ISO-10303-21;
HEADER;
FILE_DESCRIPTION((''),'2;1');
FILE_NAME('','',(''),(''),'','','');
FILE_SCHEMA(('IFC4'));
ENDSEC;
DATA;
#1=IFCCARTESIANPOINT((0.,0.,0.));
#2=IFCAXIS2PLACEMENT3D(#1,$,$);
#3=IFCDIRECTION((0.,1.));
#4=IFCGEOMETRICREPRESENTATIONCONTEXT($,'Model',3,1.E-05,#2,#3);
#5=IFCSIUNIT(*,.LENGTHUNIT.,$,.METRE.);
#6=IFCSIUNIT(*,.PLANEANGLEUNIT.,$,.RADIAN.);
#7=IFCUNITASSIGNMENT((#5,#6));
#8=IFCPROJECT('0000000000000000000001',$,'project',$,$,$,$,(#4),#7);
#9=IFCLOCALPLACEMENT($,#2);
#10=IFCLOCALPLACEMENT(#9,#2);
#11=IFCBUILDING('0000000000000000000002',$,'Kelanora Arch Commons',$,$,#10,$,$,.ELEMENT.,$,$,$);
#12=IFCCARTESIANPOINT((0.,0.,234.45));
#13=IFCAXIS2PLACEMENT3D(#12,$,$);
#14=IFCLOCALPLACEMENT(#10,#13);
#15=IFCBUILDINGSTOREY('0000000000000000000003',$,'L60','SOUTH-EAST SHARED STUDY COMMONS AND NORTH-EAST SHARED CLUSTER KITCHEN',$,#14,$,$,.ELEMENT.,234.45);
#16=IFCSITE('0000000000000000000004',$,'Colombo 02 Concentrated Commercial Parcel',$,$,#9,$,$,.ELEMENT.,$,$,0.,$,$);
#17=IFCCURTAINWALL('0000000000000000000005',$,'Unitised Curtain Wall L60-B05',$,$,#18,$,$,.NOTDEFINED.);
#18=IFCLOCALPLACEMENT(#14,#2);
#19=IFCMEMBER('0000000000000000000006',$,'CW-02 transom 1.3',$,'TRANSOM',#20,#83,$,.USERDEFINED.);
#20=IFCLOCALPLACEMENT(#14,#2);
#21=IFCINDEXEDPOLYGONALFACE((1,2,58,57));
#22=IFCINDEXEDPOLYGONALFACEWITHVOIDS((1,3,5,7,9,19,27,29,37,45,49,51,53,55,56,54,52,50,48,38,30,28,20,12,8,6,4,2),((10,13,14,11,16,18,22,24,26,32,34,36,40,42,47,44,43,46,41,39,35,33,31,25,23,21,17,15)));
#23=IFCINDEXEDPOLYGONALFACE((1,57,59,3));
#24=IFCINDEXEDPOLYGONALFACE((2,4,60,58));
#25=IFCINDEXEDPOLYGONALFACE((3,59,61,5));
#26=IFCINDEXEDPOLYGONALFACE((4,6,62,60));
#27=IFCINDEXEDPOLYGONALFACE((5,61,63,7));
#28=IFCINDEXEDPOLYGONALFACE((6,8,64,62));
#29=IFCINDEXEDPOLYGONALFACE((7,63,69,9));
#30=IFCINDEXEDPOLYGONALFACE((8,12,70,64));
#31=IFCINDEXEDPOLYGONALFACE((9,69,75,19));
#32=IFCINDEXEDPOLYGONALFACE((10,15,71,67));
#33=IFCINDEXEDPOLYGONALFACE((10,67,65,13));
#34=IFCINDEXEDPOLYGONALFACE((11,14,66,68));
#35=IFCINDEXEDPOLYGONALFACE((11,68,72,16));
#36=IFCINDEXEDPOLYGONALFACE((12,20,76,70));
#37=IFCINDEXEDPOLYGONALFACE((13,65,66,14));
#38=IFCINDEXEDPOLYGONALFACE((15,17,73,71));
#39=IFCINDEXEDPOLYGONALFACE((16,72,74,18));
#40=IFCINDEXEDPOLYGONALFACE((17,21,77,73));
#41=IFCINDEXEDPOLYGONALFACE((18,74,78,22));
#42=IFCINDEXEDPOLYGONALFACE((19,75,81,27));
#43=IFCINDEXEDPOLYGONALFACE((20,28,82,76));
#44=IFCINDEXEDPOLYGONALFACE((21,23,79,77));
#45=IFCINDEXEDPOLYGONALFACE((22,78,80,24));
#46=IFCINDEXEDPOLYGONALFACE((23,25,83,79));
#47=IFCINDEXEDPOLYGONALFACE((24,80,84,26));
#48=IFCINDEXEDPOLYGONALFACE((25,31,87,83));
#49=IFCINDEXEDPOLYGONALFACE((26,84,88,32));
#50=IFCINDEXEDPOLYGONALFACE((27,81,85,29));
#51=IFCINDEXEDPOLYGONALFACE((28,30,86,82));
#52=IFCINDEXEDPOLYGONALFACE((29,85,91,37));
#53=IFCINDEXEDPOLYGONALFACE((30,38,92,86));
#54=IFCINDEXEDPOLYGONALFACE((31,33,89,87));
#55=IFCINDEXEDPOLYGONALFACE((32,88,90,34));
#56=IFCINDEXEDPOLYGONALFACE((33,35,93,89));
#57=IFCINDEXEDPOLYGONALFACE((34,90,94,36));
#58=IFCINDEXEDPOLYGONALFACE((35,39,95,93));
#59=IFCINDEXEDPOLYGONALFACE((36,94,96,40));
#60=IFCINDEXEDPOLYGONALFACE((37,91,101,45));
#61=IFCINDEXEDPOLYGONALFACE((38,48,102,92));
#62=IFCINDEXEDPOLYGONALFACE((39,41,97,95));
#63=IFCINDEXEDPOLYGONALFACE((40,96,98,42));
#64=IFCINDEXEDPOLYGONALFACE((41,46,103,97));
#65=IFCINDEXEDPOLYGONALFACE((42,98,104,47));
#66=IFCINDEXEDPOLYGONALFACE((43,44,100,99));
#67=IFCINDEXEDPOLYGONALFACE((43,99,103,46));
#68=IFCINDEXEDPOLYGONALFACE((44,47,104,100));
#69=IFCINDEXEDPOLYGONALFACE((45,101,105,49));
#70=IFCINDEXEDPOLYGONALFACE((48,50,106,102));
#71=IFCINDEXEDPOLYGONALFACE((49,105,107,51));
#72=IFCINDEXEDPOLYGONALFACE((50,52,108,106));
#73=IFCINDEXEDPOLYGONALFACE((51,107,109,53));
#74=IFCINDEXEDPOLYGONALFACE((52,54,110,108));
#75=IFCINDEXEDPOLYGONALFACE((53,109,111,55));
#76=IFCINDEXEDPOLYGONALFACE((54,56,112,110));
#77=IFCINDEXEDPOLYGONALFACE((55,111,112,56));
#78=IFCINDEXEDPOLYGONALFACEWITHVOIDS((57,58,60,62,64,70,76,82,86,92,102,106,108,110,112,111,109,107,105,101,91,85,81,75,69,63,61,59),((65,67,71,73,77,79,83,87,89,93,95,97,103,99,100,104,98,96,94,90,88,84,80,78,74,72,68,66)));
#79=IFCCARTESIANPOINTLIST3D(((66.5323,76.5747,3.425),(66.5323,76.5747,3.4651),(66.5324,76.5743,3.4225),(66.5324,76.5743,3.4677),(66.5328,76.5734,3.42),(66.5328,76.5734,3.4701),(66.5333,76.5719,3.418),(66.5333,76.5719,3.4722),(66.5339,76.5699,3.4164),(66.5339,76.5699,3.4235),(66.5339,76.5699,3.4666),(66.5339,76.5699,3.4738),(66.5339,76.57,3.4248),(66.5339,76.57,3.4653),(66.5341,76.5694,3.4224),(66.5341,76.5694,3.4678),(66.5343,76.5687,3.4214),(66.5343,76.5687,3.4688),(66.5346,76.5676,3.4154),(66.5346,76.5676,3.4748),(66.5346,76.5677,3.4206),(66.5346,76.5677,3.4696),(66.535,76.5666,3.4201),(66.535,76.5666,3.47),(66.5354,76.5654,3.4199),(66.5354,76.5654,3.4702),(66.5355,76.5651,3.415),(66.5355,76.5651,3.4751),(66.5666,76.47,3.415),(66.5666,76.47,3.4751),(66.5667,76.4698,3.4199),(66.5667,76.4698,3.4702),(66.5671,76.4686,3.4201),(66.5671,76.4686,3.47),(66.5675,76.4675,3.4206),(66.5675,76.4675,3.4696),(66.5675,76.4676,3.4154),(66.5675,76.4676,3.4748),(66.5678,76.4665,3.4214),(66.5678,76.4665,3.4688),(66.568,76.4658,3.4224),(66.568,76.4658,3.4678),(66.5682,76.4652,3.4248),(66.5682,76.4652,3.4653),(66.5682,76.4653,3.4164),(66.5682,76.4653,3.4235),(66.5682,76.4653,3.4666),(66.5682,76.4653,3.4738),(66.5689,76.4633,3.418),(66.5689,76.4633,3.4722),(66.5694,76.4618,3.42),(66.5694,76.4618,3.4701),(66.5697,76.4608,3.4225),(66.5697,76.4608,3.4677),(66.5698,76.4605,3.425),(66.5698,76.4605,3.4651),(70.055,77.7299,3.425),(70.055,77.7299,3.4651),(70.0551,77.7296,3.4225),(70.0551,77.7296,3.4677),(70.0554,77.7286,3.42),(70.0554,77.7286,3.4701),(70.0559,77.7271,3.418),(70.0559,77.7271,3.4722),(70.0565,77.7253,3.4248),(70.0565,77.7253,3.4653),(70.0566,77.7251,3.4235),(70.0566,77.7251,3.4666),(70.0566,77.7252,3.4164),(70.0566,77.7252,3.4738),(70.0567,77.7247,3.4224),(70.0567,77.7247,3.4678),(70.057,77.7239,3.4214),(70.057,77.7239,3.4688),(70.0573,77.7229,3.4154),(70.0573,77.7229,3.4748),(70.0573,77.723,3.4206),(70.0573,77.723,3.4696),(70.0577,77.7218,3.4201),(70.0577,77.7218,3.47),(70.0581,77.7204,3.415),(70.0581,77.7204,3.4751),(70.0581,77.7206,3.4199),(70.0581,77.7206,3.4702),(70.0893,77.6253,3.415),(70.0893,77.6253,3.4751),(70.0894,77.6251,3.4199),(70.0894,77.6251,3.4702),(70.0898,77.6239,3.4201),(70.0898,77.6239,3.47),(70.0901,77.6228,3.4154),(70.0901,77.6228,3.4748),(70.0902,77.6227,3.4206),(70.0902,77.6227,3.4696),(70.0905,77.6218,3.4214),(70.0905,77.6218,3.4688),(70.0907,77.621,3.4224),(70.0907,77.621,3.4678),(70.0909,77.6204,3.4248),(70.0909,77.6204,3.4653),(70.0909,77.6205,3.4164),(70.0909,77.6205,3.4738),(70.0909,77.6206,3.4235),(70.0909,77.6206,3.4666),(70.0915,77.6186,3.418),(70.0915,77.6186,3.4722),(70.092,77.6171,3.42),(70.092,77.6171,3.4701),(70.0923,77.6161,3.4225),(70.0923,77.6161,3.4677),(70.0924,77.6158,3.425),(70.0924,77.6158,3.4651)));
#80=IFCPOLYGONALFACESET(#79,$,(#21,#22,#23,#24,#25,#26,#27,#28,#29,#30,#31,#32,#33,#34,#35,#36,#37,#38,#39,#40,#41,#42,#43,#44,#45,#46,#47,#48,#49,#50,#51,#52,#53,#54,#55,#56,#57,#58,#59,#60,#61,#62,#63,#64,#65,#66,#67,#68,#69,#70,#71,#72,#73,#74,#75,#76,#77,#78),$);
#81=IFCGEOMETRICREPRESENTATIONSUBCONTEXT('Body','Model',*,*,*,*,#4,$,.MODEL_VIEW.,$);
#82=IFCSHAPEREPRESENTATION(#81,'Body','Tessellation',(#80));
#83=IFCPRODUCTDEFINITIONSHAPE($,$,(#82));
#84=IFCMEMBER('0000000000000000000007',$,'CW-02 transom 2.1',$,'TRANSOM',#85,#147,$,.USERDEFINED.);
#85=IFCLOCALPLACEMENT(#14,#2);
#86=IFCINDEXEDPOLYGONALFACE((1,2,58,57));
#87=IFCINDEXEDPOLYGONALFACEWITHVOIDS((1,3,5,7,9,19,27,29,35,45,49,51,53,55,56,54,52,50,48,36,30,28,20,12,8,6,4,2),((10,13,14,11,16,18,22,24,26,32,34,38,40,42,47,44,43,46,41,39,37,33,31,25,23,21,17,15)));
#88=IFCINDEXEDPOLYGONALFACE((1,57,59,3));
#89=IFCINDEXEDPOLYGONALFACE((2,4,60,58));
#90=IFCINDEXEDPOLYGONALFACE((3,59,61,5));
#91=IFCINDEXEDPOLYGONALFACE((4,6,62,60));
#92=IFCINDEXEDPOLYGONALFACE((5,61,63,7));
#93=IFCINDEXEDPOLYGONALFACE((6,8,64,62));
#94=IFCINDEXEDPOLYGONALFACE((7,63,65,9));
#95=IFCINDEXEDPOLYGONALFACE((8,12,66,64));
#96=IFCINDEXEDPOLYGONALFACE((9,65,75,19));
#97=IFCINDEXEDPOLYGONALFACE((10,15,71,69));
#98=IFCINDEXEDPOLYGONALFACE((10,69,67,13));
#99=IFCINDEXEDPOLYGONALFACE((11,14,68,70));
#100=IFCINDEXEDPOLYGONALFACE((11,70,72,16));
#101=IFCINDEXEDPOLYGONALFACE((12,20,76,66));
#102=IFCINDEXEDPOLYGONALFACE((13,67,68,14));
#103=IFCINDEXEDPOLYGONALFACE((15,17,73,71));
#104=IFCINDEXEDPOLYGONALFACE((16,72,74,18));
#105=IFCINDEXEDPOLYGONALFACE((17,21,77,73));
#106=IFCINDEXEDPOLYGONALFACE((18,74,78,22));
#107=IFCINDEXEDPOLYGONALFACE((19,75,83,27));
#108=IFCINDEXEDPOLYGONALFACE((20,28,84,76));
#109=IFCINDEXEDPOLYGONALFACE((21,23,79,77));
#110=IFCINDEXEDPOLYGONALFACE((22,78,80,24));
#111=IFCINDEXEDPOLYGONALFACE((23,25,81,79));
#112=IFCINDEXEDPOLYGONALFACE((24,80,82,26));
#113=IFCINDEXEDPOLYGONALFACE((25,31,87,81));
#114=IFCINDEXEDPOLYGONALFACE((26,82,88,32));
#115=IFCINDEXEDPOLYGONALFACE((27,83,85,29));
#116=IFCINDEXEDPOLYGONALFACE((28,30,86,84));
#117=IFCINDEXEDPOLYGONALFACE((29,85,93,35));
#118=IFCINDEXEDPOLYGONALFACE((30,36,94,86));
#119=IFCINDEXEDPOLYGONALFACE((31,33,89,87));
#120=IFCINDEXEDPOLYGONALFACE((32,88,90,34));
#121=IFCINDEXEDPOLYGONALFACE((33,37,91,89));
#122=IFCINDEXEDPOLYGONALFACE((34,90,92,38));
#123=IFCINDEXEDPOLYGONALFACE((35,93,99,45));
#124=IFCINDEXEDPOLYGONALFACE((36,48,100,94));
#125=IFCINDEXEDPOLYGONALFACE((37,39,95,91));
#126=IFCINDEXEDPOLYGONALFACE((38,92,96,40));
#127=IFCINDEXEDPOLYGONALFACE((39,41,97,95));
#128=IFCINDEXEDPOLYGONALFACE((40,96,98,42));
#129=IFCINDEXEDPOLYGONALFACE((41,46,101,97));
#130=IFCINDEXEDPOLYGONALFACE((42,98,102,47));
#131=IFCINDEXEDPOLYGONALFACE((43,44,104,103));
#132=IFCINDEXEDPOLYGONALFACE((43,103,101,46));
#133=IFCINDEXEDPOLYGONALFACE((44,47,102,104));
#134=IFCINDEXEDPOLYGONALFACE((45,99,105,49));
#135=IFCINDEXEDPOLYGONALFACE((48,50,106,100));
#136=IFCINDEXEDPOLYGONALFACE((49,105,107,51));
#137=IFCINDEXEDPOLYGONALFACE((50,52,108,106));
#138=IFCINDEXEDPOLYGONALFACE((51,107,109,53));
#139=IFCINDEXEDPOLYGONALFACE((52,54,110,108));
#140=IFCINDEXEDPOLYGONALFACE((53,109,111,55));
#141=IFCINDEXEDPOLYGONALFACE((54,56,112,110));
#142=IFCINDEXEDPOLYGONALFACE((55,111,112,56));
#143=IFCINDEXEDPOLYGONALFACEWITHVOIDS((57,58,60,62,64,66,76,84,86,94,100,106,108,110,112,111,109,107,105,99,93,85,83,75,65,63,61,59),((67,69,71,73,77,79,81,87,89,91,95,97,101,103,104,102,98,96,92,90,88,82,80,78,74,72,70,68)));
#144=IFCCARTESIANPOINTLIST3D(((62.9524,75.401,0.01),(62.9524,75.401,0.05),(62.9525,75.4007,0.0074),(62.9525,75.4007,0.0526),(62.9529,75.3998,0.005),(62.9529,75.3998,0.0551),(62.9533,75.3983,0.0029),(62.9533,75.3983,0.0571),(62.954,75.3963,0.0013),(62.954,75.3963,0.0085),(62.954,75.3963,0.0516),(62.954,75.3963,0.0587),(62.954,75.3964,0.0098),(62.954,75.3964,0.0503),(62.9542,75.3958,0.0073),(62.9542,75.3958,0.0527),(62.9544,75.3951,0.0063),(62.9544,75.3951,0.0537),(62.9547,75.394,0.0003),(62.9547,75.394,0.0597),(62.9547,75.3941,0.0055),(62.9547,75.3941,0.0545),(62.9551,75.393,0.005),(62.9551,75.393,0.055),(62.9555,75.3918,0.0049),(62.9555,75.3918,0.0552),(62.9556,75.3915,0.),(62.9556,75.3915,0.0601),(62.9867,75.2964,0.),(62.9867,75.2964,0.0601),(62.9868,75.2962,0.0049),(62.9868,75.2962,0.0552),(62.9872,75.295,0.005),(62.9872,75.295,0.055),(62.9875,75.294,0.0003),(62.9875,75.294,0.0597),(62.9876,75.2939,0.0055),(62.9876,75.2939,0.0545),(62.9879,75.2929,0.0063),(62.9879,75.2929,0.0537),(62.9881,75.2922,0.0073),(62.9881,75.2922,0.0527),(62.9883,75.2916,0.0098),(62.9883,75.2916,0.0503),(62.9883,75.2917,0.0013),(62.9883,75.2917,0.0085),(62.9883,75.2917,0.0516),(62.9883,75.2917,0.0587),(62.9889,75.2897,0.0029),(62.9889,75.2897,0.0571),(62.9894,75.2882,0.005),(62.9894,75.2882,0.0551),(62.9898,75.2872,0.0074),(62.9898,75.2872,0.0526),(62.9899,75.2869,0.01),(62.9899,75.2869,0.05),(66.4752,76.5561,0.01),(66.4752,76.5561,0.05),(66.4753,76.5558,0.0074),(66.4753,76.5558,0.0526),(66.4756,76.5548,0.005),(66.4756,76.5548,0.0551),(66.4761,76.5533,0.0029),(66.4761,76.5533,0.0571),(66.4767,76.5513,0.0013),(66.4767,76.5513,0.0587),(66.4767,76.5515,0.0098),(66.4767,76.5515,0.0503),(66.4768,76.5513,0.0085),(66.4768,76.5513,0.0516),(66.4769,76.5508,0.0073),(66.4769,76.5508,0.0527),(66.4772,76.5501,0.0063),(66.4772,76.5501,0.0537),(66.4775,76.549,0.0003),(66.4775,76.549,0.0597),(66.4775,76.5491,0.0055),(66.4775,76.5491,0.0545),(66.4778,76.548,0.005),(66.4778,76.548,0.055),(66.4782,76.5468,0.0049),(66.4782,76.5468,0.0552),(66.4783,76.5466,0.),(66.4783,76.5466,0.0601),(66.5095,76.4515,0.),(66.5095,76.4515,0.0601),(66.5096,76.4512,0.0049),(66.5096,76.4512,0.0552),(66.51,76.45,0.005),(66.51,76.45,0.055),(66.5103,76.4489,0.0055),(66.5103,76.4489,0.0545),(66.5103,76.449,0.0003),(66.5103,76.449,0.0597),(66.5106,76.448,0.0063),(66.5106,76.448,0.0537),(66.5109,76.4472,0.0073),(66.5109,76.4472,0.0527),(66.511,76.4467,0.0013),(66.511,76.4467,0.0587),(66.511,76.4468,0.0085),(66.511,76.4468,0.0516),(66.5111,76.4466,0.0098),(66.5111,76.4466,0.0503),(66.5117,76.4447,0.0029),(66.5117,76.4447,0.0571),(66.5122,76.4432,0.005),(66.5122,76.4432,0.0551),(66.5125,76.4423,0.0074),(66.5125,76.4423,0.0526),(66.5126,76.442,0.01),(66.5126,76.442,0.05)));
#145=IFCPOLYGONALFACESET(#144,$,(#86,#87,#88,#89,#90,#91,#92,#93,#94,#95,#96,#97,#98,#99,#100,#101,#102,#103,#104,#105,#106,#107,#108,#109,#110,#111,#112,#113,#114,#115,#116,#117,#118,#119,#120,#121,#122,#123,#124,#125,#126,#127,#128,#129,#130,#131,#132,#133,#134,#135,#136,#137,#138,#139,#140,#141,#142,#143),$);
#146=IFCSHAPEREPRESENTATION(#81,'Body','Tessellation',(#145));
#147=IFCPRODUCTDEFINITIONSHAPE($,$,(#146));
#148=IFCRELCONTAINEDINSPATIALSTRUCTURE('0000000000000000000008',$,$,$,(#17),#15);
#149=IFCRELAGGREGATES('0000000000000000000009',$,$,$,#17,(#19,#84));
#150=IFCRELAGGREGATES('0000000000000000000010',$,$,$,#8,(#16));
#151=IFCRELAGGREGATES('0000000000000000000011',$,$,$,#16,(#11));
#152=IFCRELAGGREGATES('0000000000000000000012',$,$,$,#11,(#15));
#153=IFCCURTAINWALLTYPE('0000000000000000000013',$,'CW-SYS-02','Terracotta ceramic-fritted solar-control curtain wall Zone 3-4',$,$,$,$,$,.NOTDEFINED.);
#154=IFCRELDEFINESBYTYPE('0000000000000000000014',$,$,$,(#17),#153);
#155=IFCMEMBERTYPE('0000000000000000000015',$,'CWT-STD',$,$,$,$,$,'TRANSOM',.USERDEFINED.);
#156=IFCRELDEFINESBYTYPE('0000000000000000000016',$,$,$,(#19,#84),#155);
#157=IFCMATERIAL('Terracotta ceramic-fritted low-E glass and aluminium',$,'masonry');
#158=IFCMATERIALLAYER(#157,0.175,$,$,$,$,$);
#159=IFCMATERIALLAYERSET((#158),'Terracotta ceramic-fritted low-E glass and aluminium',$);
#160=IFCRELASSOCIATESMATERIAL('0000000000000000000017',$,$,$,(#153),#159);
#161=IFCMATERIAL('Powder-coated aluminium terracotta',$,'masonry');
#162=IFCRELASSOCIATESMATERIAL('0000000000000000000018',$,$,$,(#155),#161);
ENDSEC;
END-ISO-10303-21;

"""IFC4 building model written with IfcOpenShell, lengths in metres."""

from ifc_helpers import new_model, si_unit, direction, frame, origin, origin_2d, place, context, subcontext, project, spatial, hollow_rectangle, extrude, material, layer, layer_set, material_profile, profile_set, type_object, element, aggregate, save


model = new_model("IFC4")

# Units and contexts
model_context = context("Model", 3, precision=1e-05, world=origin(), true_north=direction((0.0, 1.0)))
body_context = subcontext(model_context, "Body", "Model", "MODEL_VIEW")
ifc_project = project(units=[si_unit("LENGTHUNIT", "METRE"), si_unit("PLANEANGLEUNIT", "RADIAN")], contexts=[model_context])

# Site, building, storey
site_placement = place(None, origin())
site = spatial("IfcSite", under=ifc_project, at=site_placement, Name="Colombo 02 Concentrated Commercial Parcel", CompositionType="ELEMENT", RefElevation=0.0)
building_placement = place(site_placement, origin())
building = spatial("IfcBuilding", under=site, at=building_placement, Name="Kelanora Arch Commons", CompositionType="ELEMENT")
storey_placement = place(building_placement, frame((0.0, 0.0, 234.45)))
storey = spatial("IfcBuildingStorey", under=building, at=storey_placement, Name="L60", Description="SOUTH-EAST SHARED STUDY COMMONS AND NORTH-EAST SHARED CLUSTER KITCHEN", CompositionType="ELEMENT", Elevation=234.45)

# Curtain wall, members
ifc_material_1 = material(Name="Terracotta ceramic-fritted low-E glass and aluminium", Category="masonry")
ifc_layer_1 = layer(ifc_material_1, 0.175)
ifc_layer_set_1 = layer_set([ifc_layer_1], Name="Terracotta ceramic-fritted low-E glass and aluminium")
curtain_wall_type = type_object("IfcCurtainWallType", Name="CW-SYS-02", Description="Terracotta ceramic-fritted solar-control curtain wall Zone 3-4", PredefinedType="NOTDEFINED", material=ifc_layer_set_1)
curtain_wall_placement = place(storey_placement, origin())
curtain_wall = element("IfcCurtainWall", 1, at=curtain_wall_placement, inside=storey, type_object=curtain_wall_type, Name="Unitised Curtain Wall L60-B05", PredefinedType="NOTDEFINED")
ifc_material_2 = material(Name="Powder-coated aluminium terracotta", Category="masonry")
ifc_material_profile_1 = material_profile(ifc_material_2, hollow_rectangle(XDim=0.1201, YDim=0.0601, WallThickness=0.0049, InnerFilletRadius=0.0049, OuterFilletRadius=0.01, at=origin_2d()), Name="CWT120x60")
ifc_profile_set_1 = profile_set([ifc_material_profile_1], Name="Powder-coated aluminium terracotta")
member_type_1 = type_object("IfcMemberType", Name="CWT-STD", ElementType="TRANSOM", PredefinedType="USERDEFINED", material=ifc_profile_set_1)
member_1_placement = place(storey_placement, frame((70.0737, 77.6729, 3.4451), z_axis=(-0.950207, -0.311621, 0.0), x_axis=(0.311621, -0.950207, 0.0)))
member_1 = element("IfcMember", 2, at=member_1_placement, type_object=member_type_1, Name="CW-02 transom 1.3", ObjectType="TRANSOM", PredefinedType="USERDEFINED", context=body_context, shape_type="SweptSolid", body=[
    extrude(hollow_rectangle(XDim=0.1201, YDim=0.0601, WallThickness=0.0049, InnerFilletRadius=0.0049, OuterFilletRadius=0.01, at=origin_2d()), origin(), (0.0, 0.0, 1.0), 3.7073),
])
member_2_placement = place(storey_placement, frame((66.4939, 76.499, 0.03), z_axis=(-0.950226, -0.311561, 0.0), x_axis=(0.311561, -0.950226, 0.0)))
member_2 = element("IfcMember", 3, at=member_2_placement, type_object=member_type_1, Name="CW-02 transom 2.1", ObjectType="TRANSOM", PredefinedType="USERDEFINED", context=body_context, shape_type="SweptSolid", body=[
    extrude(hollow_rectangle(XDim=0.1201, YDim=0.0601, WallThickness=0.0049, InnerFilletRadius=0.0049, OuterFilletRadius=0.01, at=origin_2d()), origin(), (0.0, 0.0, 1.0), 3.7073),
])
aggregate(curtain_wall, [member_1, member_2])

save(model, "model.ifc")
